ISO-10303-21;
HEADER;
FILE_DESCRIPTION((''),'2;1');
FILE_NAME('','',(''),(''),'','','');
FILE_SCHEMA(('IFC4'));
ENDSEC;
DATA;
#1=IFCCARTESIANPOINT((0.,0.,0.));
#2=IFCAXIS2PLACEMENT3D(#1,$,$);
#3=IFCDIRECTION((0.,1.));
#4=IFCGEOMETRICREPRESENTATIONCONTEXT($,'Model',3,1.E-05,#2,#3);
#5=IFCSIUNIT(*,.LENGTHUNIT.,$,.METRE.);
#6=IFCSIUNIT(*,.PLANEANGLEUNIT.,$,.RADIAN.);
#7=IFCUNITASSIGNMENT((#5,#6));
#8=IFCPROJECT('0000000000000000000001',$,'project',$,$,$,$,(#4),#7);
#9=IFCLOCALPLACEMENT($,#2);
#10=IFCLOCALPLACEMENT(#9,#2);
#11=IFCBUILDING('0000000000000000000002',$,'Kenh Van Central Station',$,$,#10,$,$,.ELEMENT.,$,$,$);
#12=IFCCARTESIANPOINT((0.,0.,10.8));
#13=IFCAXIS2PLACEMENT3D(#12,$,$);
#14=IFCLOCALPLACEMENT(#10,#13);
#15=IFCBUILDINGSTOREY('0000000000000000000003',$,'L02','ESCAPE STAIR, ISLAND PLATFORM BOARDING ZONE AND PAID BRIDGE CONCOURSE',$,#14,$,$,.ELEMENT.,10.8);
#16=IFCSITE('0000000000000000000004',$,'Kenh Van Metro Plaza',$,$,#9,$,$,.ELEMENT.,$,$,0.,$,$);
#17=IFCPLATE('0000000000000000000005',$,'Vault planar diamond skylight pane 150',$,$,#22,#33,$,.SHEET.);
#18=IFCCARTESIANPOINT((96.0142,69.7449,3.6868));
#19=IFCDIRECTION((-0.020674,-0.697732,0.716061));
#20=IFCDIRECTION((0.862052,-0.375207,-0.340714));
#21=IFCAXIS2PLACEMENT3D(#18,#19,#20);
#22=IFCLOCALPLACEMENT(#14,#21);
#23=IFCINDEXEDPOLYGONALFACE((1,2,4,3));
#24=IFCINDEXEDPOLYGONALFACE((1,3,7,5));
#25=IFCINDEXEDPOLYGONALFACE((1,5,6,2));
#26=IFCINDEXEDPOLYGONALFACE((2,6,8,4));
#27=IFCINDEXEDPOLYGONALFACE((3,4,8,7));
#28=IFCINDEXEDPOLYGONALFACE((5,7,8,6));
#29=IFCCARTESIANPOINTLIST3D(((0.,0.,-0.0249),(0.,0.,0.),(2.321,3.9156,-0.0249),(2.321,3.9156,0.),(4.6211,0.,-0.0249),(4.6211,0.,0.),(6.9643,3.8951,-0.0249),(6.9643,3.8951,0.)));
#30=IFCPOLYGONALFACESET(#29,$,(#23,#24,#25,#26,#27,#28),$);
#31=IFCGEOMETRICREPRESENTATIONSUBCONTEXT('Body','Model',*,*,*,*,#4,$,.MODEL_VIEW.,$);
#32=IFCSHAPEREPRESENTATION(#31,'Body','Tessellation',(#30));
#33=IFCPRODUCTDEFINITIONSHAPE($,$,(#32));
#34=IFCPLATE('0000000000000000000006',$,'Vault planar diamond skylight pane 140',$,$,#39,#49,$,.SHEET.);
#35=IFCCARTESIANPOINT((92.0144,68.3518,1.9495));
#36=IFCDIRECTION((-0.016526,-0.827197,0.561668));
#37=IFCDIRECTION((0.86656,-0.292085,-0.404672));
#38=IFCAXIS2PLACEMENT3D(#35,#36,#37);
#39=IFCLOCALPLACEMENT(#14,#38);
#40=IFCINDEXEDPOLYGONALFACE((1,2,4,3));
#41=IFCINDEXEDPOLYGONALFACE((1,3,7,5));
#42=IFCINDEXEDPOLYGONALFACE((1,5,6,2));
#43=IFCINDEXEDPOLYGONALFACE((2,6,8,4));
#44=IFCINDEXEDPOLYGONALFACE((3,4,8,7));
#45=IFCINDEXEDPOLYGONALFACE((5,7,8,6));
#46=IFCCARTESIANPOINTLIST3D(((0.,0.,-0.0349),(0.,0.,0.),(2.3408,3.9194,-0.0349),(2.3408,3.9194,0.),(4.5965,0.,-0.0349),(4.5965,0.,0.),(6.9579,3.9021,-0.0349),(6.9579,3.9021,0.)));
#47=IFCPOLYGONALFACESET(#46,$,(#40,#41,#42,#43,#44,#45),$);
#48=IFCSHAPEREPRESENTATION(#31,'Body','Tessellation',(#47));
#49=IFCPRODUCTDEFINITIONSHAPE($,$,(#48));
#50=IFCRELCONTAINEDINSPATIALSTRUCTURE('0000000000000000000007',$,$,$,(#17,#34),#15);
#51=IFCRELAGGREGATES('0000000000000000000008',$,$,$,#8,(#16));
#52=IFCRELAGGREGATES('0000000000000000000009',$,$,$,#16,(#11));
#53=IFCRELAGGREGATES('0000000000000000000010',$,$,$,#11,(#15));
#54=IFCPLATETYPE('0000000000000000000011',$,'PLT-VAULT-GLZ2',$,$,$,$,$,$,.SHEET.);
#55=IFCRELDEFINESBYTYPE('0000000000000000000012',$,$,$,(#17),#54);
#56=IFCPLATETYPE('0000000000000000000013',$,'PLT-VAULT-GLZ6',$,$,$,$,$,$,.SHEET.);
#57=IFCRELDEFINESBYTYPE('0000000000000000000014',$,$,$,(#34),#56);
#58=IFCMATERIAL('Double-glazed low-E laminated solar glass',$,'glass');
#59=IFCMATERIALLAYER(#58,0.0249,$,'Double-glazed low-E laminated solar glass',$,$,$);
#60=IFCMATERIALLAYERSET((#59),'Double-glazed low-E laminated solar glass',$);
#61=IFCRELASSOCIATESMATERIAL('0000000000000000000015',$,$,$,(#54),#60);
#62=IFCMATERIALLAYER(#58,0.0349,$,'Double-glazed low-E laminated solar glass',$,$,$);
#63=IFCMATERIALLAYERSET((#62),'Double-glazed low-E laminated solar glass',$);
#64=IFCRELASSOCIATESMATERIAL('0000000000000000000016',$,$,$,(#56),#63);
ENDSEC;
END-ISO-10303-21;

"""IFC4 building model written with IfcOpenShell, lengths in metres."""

from ifc_helpers import new_model, si_unit, direction, frame, origin, place, context, subcontext, project, spatial, polyline, outline, extrude, material, layer, layer_set, type_object, element, save


model = new_model("IFC4")

# Units and contexts
model_context = context("Model", 3, precision=1e-05, world=origin(), true_north=direction((0.0, 1.0)))
body_context = subcontext(model_context, "Body", "Model", "MODEL_VIEW")
ifc_project = project(units=[si_unit("LENGTHUNIT", "METRE"), si_unit("PLANEANGLEUNIT", "RADIAN")], contexts=[model_context])

# Site, building, storey
site_placement = place(None, origin())
site = spatial("IfcSite", under=ifc_project, at=site_placement, Name="Kenh Van Metro Plaza", CompositionType="ELEMENT", RefElevation=0.0)
building_placement = place(site_placement, origin())
building = spatial("IfcBuilding", under=site, at=building_placement, Name="Kenh Van Central Station", CompositionType="ELEMENT")
storey_placement = place(building_placement, frame((0.0, 0.0, 10.8)))
storey = spatial("IfcBuildingStorey", under=building, at=storey_placement, Name="L02", Description="ESCAPE STAIR, ISLAND PLATFORM BOARDING ZONE AND PAID BRIDGE CONCOURSE", CompositionType="ELEMENT", Elevation=10.8)

# Plates
ifc_material_1 = material(Name="Double-glazed low-E laminated solar glass", Category="glass")
ifc_layer_1 = layer(ifc_material_1, 0.0249, Name="Double-glazed low-E laminated solar glass")
ifc_layer_set_1 = layer_set([ifc_layer_1], Name="Double-glazed low-E laminated solar glass")
plate_type_1 = type_object("IfcPlateType", Name="PLT-VAULT-GLZ2", PredefinedType="SHEET", material=ifc_layer_set_1)
plate_1_placement = place(storey_placement, frame((96.0142, 69.7449, 3.6868), z_axis=(-0.020674, -0.697732, 0.716061), x_axis=(0.862052, -0.375207, -0.340714)))
element("IfcPlate", 1, at=plate_1_placement, inside=storey, type_object=plate_type_1, Name="Vault planar diamond skylight pane 150", PredefinedType="SHEET", context=body_context, shape_type="SweptSolid", body=[
    extrude(outline(polyline([(0.0, 0.0), (4.6211, 0.0), (6.9643, 3.8951), (2.321, 3.9156), (0.0, 0.0)])), origin(), (0.0, 0.0, -1.0), 0.0249),
])
ifc_layer_2 = layer(ifc_material_1, 0.0349, Name="Double-glazed low-E laminated solar glass")
ifc_layer_set_2 = layer_set([ifc_layer_2], Name="Double-glazed low-E laminated solar glass")
plate_type_2 = type_object("IfcPlateType", Name="PLT-VAULT-GLZ6", PredefinedType="SHEET", material=ifc_layer_set_2)
plate_2_placement = place(storey_placement, frame((92.0144, 68.3518, 1.9495), z_axis=(-0.016526, -0.827197, 0.561668), x_axis=(0.86656, -0.292085, -0.404672)))
element("IfcPlate", 2, at=plate_2_placement, inside=storey, type_object=plate_type_2, Name="Vault planar diamond skylight pane 140", PredefinedType="SHEET", context=body_context, shape_type="SweptSolid", body=[
    extrude(outline(polyline([(0.0, 0.0), (4.5965, 0.0), (6.9579, 3.9021), (2.3408, 3.9194), (0.0, 0.0)])), origin(), (0.0, 0.0, -1.0), 0.0349),
])

save(model, "model.ifc")
